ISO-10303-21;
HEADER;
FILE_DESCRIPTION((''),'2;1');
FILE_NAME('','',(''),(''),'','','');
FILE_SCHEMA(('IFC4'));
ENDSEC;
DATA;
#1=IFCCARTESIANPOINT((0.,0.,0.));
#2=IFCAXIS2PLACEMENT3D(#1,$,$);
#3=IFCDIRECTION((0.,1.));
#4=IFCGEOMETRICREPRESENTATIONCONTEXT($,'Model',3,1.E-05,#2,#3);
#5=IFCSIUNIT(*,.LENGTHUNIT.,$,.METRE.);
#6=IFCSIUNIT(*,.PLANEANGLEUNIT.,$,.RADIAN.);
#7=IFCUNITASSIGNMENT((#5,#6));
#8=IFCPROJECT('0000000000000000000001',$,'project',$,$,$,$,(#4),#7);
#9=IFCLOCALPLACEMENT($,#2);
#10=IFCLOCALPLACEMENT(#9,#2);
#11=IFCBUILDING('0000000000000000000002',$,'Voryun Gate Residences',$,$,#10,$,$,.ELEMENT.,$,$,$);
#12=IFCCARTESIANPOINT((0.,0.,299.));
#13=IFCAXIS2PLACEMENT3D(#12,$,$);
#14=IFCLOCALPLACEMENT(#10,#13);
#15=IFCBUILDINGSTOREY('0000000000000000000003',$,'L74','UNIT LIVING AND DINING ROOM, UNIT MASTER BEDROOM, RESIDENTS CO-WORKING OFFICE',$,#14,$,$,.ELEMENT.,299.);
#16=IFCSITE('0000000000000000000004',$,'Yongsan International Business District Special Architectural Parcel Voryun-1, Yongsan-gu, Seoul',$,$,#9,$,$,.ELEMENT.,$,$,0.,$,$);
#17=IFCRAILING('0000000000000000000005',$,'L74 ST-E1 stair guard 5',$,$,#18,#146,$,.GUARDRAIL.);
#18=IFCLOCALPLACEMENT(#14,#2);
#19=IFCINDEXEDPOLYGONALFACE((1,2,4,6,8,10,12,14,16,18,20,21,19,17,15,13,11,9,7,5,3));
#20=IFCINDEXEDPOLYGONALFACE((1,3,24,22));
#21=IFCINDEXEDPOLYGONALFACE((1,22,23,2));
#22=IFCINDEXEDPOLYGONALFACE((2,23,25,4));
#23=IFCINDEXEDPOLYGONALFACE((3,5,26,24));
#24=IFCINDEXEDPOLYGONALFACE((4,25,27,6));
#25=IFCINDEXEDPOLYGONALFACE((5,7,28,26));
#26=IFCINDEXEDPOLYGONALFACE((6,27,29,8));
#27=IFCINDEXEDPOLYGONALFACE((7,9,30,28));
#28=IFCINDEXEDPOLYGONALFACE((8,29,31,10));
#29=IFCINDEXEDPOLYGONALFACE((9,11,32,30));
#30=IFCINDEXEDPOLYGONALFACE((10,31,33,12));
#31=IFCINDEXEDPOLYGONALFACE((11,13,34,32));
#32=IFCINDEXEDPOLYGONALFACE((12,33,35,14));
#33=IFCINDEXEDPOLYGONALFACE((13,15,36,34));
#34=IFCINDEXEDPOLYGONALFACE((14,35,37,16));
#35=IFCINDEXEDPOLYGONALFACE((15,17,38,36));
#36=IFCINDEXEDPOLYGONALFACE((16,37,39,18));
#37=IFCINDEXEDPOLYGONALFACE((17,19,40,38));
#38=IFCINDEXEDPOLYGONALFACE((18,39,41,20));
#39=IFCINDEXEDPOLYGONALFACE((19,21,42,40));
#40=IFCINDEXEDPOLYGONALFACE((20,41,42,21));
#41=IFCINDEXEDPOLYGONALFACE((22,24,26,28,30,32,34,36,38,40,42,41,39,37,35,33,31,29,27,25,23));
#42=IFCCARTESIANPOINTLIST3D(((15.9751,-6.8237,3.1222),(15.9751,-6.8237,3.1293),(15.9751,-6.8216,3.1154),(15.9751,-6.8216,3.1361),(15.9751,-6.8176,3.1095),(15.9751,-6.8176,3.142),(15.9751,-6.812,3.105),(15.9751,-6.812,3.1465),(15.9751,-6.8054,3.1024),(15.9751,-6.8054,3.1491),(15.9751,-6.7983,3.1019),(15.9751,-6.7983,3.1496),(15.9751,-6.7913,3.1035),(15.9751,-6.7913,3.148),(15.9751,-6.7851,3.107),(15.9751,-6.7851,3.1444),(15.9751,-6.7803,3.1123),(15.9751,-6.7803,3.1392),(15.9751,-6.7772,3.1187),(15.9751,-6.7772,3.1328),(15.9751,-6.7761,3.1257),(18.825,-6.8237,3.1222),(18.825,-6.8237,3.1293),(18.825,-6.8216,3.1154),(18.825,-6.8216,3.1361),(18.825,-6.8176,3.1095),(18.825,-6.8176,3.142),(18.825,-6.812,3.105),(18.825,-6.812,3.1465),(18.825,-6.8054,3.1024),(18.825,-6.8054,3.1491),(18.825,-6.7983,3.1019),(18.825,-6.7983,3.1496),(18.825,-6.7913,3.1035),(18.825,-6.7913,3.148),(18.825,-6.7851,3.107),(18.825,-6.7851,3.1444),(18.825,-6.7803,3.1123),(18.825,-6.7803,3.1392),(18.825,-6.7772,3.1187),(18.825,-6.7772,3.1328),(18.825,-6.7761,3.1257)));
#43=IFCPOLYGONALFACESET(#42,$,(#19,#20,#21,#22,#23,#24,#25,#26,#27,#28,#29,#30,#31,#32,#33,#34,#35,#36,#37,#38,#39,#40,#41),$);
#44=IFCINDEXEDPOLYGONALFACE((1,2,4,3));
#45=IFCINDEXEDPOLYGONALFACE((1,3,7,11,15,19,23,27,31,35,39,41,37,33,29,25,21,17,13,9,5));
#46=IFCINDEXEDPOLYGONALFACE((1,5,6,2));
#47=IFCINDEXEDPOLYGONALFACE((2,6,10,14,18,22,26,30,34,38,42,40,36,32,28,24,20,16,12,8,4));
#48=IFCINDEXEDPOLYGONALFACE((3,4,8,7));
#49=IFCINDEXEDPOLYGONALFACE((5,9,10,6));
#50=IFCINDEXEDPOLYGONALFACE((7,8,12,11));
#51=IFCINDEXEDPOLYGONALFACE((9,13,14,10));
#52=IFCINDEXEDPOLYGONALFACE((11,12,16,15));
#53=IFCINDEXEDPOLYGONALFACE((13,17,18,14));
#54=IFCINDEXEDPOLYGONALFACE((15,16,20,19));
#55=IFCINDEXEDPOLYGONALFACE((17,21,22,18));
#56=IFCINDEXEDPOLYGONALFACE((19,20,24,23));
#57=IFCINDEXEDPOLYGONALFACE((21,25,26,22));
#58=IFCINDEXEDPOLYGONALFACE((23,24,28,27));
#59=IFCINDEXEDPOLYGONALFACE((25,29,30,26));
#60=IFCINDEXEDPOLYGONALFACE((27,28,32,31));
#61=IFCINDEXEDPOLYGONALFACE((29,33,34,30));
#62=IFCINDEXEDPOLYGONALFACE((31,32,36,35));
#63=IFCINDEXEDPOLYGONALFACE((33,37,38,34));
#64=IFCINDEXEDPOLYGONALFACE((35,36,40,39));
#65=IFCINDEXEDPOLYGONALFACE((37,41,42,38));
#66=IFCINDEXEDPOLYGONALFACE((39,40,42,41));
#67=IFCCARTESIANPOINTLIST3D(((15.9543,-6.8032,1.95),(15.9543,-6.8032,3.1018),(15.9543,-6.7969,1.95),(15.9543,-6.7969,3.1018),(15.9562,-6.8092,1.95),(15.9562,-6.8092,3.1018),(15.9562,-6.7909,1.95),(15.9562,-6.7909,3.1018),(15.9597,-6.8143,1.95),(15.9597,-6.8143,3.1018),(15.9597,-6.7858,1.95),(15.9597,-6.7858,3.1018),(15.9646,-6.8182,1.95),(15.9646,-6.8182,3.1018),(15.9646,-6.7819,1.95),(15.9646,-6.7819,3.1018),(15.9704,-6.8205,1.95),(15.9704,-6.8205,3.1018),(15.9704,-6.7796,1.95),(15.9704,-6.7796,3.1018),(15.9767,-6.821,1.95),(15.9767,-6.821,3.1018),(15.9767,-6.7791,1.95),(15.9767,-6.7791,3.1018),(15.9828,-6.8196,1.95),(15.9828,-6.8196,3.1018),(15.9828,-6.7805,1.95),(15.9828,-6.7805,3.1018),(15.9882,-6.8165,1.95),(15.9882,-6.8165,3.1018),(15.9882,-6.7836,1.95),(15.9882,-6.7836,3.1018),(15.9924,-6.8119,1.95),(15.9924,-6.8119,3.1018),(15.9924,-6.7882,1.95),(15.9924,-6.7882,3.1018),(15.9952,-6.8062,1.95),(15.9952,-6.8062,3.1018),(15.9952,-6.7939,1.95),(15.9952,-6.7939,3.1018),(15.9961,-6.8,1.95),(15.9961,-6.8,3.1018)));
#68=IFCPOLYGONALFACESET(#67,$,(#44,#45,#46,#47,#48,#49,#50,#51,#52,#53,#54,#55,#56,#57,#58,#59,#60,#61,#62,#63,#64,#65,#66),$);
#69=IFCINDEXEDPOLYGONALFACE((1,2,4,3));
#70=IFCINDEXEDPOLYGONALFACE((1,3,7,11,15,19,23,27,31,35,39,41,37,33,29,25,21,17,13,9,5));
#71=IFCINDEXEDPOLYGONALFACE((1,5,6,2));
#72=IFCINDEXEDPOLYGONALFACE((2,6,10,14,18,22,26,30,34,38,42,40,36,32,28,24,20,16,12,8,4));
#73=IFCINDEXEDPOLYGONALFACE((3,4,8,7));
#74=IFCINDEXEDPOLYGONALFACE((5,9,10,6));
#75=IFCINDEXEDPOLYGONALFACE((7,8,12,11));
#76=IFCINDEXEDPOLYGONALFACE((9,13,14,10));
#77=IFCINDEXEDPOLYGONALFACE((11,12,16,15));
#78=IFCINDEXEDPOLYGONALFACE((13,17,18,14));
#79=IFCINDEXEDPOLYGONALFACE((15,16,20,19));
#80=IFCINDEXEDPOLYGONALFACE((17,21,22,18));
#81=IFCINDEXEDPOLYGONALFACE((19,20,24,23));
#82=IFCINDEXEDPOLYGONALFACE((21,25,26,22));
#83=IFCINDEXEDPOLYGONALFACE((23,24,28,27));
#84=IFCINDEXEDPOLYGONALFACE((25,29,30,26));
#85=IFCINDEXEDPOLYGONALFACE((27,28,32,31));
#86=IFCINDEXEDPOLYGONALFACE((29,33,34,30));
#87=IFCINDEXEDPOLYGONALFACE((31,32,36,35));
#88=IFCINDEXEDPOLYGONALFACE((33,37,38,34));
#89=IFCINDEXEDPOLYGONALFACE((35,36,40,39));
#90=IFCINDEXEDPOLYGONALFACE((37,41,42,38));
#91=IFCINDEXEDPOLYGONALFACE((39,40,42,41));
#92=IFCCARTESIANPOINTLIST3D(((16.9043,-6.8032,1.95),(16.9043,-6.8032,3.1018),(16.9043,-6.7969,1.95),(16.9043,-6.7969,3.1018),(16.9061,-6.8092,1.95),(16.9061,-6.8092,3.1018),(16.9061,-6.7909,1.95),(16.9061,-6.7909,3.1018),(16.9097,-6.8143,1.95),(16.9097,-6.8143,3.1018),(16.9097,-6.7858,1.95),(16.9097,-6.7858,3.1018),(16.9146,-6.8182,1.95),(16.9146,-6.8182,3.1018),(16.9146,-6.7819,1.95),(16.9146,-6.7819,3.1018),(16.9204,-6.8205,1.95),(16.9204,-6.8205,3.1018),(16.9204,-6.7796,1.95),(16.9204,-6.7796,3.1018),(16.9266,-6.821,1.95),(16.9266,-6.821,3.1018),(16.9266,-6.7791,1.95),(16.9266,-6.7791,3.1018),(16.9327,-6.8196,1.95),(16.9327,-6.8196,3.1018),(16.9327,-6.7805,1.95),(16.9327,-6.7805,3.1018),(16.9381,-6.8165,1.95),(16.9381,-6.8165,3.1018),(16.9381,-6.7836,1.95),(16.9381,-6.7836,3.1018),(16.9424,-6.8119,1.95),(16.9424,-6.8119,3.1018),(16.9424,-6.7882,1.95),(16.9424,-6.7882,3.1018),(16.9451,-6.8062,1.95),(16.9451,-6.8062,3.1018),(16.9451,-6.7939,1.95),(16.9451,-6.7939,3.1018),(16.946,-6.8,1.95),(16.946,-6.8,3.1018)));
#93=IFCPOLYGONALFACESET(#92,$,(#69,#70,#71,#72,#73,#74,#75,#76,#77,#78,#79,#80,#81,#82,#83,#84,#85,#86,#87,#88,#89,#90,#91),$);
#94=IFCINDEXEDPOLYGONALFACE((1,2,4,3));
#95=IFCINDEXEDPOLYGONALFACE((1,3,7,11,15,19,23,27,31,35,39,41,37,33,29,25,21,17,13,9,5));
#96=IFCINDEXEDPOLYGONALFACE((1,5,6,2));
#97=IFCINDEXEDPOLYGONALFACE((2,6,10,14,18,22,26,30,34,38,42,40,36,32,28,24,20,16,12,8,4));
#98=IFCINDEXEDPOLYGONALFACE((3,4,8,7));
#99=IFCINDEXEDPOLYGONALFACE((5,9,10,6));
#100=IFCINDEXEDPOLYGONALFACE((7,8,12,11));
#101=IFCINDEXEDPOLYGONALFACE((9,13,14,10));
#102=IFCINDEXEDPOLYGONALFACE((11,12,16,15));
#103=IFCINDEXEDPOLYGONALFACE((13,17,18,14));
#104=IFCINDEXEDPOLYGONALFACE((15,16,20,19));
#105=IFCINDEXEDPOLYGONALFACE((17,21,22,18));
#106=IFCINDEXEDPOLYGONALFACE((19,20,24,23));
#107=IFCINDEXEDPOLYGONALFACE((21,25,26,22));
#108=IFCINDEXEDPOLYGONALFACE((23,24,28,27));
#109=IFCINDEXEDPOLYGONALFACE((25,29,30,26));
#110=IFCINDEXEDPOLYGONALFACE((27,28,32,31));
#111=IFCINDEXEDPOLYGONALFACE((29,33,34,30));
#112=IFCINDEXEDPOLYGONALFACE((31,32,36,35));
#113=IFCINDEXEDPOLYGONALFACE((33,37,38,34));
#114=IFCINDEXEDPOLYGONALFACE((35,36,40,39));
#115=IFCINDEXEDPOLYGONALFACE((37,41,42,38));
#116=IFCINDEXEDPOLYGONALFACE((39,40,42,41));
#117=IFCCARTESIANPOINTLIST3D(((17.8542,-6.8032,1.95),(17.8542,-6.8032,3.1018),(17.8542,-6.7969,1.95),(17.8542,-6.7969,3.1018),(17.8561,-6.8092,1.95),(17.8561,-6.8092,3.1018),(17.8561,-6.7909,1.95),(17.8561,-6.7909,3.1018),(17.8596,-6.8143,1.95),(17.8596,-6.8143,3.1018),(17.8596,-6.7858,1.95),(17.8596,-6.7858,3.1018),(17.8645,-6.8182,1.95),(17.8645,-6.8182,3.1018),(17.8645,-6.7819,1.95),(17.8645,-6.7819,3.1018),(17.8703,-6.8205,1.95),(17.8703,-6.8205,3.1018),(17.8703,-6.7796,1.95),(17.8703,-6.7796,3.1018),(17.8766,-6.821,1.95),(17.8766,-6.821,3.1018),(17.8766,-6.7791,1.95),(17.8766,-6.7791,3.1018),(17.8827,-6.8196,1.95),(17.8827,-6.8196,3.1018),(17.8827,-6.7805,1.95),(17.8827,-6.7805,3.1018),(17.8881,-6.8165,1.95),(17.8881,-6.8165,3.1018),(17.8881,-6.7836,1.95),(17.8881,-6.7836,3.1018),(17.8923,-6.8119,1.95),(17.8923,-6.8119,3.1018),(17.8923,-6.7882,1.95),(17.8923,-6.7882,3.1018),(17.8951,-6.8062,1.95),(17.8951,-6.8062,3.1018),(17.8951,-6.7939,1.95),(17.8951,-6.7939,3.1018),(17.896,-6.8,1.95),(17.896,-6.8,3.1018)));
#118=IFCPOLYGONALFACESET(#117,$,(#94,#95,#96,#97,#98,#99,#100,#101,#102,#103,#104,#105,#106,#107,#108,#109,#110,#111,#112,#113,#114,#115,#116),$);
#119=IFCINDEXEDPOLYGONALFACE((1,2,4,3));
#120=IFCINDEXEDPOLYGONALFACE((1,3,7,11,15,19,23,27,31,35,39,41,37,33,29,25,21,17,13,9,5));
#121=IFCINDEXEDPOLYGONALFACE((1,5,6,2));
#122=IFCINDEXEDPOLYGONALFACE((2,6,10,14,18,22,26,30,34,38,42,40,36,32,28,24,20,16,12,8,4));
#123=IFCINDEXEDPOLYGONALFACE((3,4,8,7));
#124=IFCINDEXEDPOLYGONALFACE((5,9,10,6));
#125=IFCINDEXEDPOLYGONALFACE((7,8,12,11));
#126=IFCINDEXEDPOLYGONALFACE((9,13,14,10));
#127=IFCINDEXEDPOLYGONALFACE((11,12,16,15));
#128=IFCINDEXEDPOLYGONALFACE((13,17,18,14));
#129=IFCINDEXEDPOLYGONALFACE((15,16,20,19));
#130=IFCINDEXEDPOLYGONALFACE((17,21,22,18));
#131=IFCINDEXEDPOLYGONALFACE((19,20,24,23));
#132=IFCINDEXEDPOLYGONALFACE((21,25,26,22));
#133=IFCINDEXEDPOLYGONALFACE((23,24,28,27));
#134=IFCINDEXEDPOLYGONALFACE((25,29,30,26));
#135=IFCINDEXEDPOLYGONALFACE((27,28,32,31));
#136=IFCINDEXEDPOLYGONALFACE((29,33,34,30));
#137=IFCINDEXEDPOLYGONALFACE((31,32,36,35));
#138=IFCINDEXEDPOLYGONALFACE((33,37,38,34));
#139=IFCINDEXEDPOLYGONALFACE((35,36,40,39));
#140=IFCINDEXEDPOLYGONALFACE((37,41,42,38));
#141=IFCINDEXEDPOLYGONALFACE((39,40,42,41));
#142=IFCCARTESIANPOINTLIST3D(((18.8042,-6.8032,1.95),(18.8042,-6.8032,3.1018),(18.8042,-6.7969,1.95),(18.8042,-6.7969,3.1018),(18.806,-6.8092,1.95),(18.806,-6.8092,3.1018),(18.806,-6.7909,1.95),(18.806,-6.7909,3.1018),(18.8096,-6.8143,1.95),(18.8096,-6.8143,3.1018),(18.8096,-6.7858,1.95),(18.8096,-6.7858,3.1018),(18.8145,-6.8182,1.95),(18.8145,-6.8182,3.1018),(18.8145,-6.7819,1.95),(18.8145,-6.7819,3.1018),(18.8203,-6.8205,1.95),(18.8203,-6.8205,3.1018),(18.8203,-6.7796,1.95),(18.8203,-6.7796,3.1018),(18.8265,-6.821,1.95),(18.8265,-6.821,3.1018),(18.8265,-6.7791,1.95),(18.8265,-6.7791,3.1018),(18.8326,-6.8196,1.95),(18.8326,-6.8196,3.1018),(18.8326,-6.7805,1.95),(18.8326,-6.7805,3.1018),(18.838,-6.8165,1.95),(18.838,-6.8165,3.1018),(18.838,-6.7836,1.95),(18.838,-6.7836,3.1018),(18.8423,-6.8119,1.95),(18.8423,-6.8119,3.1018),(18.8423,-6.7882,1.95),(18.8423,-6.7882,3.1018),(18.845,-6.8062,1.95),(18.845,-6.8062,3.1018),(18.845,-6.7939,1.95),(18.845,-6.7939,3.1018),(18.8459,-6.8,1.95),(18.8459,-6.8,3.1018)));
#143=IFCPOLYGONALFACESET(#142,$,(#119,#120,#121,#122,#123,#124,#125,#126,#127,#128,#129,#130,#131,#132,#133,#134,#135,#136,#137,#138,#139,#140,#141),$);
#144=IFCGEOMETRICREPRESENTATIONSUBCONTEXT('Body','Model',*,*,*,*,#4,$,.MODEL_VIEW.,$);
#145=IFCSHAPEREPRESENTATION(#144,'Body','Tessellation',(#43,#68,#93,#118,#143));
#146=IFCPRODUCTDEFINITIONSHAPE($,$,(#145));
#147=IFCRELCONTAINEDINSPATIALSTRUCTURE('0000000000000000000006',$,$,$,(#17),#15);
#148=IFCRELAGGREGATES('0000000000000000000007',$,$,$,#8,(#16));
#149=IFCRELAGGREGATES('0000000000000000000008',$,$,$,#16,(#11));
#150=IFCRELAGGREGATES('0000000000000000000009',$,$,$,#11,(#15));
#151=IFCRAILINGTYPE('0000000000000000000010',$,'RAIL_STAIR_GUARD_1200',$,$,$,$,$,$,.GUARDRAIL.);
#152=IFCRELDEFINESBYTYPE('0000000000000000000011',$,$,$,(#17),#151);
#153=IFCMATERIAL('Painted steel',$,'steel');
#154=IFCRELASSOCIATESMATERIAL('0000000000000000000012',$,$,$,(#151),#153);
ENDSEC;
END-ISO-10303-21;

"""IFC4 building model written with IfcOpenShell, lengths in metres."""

from ifc_helpers import new_model, si_unit, direction, frame, origin, origin_2d, place, context, subcontext, project, spatial, circle, extrude, material, type_object, element, save


model = new_model("IFC4")

# Units and contexts
model_context = context("Model", 3, precision=1e-05, world=origin(), true_north=direction((0.0, 1.0)))
body_context = subcontext(model_context, "Body", "Model", "MODEL_VIEW")
ifc_project = project(units=[si_unit("LENGTHUNIT", "METRE"), si_unit("PLANEANGLEUNIT", "RADIAN")], contexts=[model_context])

# Site, building, storey
site_placement = place(None, origin())
site = spatial("IfcSite", under=ifc_project, at=site_placement, Name="Yongsan International Business District Special Architectural Parcel Voryun-1, Yongsan-gu, Seoul", CompositionType="ELEMENT", RefElevation=0.0)
building_placement = place(site_placement, origin())
building = spatial("IfcBuilding", under=site, at=building_placement, Name="Voryun Gate Residences", CompositionType="ELEMENT")
storey_placement = place(building_placement, frame((0.0, 0.0, 299.0)))
storey = spatial("IfcBuildingStorey", under=building, at=storey_placement, Name="L74", Description="UNIT LIVING AND DINING ROOM, UNIT MASTER BEDROOM, RESIDENTS CO-WORKING OFFICE", CompositionType="ELEMENT", Elevation=299.0)

# Railing
ifc_material_1 = material(Name="Painted steel", Category="steel")
railing_type_1 = type_object("IfcRailingType", Name="RAIL_STAIR_GUARD_1200", PredefinedType="GUARDRAIL", material=ifc_material_1)
railing_1_placement = place(storey_placement, frame((15.9751, -6.8, 1.95)))
element("IfcRailing", 1, at=railing_1_placement, inside=storey, type_object=railing_type_1, Name="L74 ST-E1 stair guard 5", PredefinedType="GUARDRAIL", context=body_context, shape_type="SweptSolid", body=[
    extrude(circle(Radius=0.0239, at=origin_2d()), frame((0.0, 0.0, 1.1758), z_axis=(1.0, 0.0, 0.0), x_axis=(0.0, 1.0, 0.0)), (0.0, 0.0, 1.0), 2.8499),
    extrude(circle(Radius=0.021, at=origin_2d()), origin(), (0.0, 0.0, 1.0), 1.1519),
    extrude(circle(Radius=0.021, at=origin_2d()), frame((0.95, 0.0, 0.0)), (0.0, 0.0, 1.0), 1.1519),
    extrude(circle(Radius=0.021, at=origin_2d()), frame((1.8999, 0.0, 0.0)), (0.0, 0.0, 1.0), 1.1519),
    extrude(circle(Radius=0.021, at=origin_2d()), frame((2.8499, 0.0, 0.0)), (0.0, 0.0, 1.0), 1.1519),
])

save(model, "model.ifc")
